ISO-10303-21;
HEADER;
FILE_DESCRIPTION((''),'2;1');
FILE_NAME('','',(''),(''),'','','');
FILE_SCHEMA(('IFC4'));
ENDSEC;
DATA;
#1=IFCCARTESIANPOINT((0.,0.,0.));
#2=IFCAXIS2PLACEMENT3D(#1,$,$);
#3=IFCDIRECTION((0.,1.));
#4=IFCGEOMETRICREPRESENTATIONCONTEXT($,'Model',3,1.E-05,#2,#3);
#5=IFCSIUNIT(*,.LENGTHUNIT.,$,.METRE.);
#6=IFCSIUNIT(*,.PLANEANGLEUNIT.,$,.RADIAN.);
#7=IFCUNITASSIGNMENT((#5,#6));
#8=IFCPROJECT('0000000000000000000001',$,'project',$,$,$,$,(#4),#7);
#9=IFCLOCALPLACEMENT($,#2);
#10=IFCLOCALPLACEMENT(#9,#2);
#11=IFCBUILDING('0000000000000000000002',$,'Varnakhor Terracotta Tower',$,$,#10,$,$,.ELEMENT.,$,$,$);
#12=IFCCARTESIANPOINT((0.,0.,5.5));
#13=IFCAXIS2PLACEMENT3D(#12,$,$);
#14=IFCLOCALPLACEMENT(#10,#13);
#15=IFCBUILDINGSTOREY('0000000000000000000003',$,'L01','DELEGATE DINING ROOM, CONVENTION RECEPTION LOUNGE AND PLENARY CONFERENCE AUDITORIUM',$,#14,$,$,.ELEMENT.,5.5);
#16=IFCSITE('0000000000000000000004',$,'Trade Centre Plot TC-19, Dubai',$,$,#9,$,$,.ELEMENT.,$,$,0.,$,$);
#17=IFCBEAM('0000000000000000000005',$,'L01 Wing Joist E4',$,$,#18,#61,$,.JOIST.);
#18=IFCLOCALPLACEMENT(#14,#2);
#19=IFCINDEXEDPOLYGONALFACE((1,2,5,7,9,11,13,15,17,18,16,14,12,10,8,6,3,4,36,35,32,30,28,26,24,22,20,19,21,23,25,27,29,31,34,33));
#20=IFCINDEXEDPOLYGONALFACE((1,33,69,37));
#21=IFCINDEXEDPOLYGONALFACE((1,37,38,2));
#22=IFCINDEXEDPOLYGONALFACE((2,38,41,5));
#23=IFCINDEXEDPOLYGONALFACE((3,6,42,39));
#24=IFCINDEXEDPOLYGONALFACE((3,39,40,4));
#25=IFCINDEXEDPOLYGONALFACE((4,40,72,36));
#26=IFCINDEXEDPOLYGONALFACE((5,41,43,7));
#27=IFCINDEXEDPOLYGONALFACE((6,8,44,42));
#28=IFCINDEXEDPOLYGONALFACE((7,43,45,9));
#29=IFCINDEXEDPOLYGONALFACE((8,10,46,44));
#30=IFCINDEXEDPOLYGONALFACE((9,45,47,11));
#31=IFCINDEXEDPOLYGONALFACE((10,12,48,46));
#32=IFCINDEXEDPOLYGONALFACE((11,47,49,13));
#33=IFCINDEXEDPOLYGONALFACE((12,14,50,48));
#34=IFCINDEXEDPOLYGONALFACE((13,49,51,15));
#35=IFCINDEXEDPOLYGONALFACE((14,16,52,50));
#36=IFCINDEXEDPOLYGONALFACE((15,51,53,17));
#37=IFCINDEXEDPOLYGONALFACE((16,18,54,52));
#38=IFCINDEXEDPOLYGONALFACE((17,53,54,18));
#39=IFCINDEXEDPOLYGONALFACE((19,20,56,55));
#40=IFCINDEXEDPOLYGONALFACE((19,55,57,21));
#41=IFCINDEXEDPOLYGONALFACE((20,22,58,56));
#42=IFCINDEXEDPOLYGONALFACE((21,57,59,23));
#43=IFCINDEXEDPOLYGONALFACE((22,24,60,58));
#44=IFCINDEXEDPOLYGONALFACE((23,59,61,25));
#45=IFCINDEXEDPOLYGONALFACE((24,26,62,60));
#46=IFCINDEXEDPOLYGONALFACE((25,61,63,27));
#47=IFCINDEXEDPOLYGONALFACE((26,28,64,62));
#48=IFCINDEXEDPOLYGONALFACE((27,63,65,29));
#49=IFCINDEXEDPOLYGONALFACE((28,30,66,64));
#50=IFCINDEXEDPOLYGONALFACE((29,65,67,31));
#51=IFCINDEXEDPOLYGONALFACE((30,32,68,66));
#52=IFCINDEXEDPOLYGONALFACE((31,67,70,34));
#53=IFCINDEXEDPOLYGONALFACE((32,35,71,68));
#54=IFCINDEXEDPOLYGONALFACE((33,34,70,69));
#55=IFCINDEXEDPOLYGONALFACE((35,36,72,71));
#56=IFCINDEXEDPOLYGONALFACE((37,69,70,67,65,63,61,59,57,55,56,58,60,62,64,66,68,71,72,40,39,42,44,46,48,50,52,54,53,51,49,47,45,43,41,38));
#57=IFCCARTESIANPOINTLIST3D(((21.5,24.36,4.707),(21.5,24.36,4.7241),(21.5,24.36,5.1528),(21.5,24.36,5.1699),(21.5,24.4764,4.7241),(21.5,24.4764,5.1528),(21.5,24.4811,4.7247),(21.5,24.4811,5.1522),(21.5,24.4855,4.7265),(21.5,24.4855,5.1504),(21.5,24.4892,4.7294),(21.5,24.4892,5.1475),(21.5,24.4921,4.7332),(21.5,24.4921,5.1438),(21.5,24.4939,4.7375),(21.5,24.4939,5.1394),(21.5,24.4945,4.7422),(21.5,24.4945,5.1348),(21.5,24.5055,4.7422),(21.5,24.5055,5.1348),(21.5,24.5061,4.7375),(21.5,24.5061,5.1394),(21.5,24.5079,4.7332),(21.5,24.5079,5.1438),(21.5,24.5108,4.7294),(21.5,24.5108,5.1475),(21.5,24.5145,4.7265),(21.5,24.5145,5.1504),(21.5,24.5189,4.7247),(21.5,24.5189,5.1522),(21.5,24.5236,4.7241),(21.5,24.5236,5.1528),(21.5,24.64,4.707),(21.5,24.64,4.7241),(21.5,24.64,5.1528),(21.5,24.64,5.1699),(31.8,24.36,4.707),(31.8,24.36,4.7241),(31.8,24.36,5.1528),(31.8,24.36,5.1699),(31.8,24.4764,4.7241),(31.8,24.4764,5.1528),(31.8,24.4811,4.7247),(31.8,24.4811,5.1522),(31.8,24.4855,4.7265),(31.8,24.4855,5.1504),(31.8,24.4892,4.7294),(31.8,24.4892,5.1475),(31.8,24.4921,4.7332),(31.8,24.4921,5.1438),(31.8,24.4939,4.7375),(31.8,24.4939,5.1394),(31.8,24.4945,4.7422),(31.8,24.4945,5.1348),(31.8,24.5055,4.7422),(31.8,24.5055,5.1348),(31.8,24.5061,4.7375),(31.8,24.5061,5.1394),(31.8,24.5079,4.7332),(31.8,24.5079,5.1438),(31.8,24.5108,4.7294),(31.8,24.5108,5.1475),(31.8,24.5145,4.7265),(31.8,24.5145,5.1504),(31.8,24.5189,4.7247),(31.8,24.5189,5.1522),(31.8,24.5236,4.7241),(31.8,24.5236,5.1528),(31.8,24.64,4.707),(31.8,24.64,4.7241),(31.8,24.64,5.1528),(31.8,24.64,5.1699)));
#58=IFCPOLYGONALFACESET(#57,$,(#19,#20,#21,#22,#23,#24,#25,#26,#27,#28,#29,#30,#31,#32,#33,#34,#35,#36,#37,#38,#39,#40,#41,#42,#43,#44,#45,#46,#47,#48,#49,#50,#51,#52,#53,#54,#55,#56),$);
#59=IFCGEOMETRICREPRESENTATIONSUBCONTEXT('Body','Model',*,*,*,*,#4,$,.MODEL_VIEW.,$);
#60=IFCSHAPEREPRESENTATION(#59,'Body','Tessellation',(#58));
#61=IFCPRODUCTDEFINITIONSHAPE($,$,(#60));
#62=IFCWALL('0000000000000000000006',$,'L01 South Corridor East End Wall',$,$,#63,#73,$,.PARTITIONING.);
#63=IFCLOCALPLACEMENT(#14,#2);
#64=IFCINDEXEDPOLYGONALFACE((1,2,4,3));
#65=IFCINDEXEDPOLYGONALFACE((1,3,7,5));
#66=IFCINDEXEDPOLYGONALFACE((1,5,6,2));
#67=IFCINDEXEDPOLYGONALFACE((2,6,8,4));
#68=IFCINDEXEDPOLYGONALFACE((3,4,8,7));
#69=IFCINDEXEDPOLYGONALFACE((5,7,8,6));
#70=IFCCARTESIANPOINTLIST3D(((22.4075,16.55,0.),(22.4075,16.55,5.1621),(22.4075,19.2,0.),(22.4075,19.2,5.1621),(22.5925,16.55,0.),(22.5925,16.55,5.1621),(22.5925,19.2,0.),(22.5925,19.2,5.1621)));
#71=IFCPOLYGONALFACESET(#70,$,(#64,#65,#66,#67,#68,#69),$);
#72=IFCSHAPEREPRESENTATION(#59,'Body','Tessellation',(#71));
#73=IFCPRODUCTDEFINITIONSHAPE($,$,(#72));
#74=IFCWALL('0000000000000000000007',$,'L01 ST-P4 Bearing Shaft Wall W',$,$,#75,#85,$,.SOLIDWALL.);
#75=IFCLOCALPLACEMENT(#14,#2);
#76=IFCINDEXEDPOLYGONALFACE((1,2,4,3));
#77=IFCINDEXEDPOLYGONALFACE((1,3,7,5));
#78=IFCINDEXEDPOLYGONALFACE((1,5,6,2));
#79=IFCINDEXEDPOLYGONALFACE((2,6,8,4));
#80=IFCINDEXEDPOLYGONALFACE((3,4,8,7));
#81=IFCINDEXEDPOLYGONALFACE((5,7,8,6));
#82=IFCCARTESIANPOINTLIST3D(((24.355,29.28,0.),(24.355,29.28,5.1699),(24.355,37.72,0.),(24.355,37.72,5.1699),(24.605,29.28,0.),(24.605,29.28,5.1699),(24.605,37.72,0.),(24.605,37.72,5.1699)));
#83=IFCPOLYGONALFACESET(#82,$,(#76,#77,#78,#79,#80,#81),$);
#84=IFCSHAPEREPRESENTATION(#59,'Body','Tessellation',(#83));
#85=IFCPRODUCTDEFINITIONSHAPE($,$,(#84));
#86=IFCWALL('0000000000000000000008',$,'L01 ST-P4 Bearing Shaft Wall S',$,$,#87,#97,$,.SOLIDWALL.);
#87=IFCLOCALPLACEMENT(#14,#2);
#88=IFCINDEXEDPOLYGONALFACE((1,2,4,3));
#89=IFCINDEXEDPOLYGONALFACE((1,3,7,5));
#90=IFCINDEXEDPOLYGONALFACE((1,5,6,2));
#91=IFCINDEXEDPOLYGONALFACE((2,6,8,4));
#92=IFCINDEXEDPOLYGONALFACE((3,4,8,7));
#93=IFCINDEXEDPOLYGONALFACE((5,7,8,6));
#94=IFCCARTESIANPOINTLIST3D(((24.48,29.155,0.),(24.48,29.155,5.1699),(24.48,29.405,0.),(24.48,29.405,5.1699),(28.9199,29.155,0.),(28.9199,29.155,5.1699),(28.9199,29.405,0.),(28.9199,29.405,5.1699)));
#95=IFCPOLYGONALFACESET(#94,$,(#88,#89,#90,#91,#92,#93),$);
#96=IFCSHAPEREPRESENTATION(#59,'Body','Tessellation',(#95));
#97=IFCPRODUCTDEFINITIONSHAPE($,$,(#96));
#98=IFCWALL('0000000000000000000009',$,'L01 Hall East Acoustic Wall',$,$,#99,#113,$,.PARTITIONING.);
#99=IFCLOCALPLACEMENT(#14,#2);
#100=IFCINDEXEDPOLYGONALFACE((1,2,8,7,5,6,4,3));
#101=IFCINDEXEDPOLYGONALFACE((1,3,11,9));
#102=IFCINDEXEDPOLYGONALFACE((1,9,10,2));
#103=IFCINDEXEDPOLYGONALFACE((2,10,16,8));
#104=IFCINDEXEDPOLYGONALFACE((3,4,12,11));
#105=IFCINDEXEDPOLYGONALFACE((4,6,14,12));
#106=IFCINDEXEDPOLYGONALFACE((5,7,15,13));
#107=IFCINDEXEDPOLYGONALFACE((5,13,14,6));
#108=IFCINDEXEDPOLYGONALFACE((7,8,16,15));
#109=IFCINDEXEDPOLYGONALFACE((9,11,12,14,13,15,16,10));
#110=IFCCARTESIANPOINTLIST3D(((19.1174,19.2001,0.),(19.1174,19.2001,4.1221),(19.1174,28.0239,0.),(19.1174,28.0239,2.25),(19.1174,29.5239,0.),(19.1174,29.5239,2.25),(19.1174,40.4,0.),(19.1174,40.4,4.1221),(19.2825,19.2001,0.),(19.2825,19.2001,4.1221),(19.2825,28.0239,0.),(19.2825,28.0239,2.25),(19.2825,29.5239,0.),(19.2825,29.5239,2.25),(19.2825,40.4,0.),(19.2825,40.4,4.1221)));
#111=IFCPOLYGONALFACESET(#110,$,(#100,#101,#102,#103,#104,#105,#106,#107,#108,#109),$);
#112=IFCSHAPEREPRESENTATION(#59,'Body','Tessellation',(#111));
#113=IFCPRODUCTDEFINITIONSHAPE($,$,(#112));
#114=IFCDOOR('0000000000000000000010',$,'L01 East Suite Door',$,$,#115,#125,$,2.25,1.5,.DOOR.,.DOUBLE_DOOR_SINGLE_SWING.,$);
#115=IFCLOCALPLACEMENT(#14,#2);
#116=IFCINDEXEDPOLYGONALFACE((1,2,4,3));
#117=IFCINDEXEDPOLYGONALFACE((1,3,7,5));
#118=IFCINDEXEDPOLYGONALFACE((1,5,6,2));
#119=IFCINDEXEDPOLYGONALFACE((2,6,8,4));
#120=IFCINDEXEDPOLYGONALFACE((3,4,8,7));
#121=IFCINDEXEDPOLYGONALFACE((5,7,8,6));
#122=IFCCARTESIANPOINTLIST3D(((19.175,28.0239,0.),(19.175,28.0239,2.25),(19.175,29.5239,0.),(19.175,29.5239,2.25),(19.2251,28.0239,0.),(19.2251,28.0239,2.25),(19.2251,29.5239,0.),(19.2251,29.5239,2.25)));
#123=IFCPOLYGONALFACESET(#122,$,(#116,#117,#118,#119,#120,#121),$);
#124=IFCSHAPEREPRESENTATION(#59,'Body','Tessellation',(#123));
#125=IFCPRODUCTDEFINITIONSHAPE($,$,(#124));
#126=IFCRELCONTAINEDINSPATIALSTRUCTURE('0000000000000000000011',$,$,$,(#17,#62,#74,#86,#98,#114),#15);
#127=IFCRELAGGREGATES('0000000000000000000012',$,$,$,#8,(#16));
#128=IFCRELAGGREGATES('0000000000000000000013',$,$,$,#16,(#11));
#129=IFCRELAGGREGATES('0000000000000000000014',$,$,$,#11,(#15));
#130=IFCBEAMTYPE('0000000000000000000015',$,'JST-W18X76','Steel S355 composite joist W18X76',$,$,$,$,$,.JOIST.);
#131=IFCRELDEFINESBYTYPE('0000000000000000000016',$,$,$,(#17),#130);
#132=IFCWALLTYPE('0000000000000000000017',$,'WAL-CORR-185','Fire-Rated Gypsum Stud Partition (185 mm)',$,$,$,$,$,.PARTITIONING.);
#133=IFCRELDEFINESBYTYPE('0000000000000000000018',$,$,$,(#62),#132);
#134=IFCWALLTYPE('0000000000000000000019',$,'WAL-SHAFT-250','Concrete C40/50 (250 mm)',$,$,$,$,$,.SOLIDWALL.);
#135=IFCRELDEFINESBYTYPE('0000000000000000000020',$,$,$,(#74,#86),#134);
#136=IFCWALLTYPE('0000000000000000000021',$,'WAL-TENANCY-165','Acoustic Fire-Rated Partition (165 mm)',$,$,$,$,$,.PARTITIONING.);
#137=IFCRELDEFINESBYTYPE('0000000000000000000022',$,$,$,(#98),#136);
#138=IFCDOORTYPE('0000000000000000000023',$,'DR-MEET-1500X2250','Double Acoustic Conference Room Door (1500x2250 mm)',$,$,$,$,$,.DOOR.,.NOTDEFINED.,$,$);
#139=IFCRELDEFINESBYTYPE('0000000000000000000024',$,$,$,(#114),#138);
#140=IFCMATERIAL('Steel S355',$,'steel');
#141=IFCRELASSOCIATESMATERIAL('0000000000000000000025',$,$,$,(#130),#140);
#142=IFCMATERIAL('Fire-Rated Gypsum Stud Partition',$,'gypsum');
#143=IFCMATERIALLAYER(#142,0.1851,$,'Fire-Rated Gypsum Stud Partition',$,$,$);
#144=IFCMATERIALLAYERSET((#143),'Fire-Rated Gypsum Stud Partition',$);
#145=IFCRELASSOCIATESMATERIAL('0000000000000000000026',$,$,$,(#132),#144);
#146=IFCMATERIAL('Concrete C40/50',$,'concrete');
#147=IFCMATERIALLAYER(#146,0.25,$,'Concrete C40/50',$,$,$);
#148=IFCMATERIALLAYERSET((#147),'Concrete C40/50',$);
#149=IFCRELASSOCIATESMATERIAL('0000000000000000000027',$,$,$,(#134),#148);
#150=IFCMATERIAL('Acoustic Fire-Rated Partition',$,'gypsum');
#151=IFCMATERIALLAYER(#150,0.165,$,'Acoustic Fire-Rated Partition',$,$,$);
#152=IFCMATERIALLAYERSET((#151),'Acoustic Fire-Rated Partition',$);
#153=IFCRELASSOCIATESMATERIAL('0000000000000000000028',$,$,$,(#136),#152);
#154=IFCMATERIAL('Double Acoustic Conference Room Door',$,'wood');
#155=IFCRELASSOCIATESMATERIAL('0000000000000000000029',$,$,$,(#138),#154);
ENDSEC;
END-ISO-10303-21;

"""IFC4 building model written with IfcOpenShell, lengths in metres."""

from ifc_helpers import new_model, si_unit, direction, frame, frame_2d, origin, origin_2d, place, context, subcontext, project, spatial, rectangle, i_section, extrude, source, transform, mapped, material, layer, layer_set, material_profile, profile_set, type_object, type_shapes, element, fill, save


model = new_model("IFC4")

# Units and contexts
model_context = context("Model", 3, precision=1e-05, world=origin(), true_north=direction((0.0, 1.0)))
body_context = subcontext(model_context, "Body", "Model", "MODEL_VIEW")
ifc_project = project(units=[si_unit("LENGTHUNIT", "METRE"), si_unit("PLANEANGLEUNIT", "RADIAN")], contexts=[model_context])

# Site, building, storey
site_placement = place(None, origin())
site = spatial("IfcSite", under=ifc_project, at=site_placement, Name="Trade Centre Plot TC-19, Dubai", CompositionType="ELEMENT", RefElevation=0.0)
building_placement = place(site_placement, origin())
building = spatial("IfcBuilding", under=site, at=building_placement, Name="Varnakhor Terracotta Tower", CompositionType="ELEMENT")
storey_placement = place(building_placement, frame((0.0, 0.0, 5.5)))
storey = spatial("IfcBuildingStorey", under=building, at=storey_placement, Name="L01", Description="DELEGATE DINING ROOM, CONVENTION RECEPTION LOUNGE AND PLENARY CONFERENCE AUDITORIUM", CompositionType="ELEMENT", Elevation=5.5)

# Beam
ifc_material_1 = material(Name="Steel S355", Category="steel")
ifc_material_profile_1 = material_profile(ifc_material_1, i_section(OverallWidth=0.28, OverallDepth=0.4629, WebThickness=0.011, FlangeThickness=0.0171, FilletRadius=0.0181, at=origin_2d()), Name="W18X76")
ifc_profile_set_1 = profile_set([ifc_material_profile_1], Name="Steel S355")
beam_type_1 = type_object("IfcBeamType", Name="JST-W18X76", Description="Steel S355 composite joist W18X76", PredefinedType="JOIST", material=ifc_profile_set_1)
shared_shape_1 = source(origin(), body_context, "Body", "SweptSolid", [
    extrude(i_section(OverallWidth=0.28, OverallDepth=0.4629, WebThickness=0.011, FlangeThickness=0.0171, FilletRadius=0.0181, at=origin_2d()), origin(), (0.0, 0.0, 1.0), 10.3),
])
for number, where, z_axis, x_axis, name in (
    (1, (21.5, 24.5, 4.9385), (1.0, 0.0, 0.0), (0.0, 1.0, 0.0), "L01 Wing Joist E4"),
):
    element("IfcBeam", number, at=place(storey_placement, frame(where, z_axis=z_axis, x_axis=x_axis)), inside=storey, type_object=beam_type_1, Name=name, PredefinedType="JOIST", context=body_context, shape_type="MappedRepresentation", body=[
        mapped(shared_shape_1, transform((0.0, 0.0, 0.0), scale=1.0)),
    ])

# Walls
ifc_material_2 = material(Name="Fire-Rated Gypsum Stud Partition", Category="gypsum")
ifc_layer_1 = layer(ifc_material_2, 0.1851, Name="Fire-Rated Gypsum Stud Partition")
ifc_layer_set_1 = layer_set([ifc_layer_1], Name="Fire-Rated Gypsum Stud Partition")
wall_type_1 = type_object("IfcWallType", Name="WAL-CORR-185", Description="Fire-Rated Gypsum Stud Partition (185 mm)", PredefinedType="PARTITIONING", material=ifc_layer_set_1)
wall_1_placement = place(storey_placement, frame((22.5, 16.55, 0.0), z_axis=(0.0, 0.0, 1.0), x_axis=(0.0, 1.0, 0.0)))
element("IfcWall", 2, at=wall_1_placement, inside=storey, type_object=wall_type_1, Name="L01 South Corridor East End Wall", PredefinedType="PARTITIONING", context=body_context, shape_type="SweptSolid", body=[
    extrude(rectangle(XDim=2.6499, YDim=0.1851, at=frame_2d((1.325, 0.0))), origin(), (0.0, 0.0, 1.0), 5.1621),
])
ifc_material_3 = material(Name="Concrete C40/50", Category="concrete")
ifc_layer_2 = layer(ifc_material_3, 0.25, Name="Concrete C40/50")
ifc_layer_set_2 = layer_set([ifc_layer_2], Name="Concrete C40/50")
wall_type_2 = type_object("IfcWallType", Name="WAL-SHAFT-250", Description="Concrete C40/50 (250 mm)", PredefinedType="SOLIDWALL", material=ifc_layer_set_2)
wall_2_placement = place(storey_placement, frame((24.48, 29.28, 0.0), z_axis=(0.0, 0.0, 1.0), x_axis=(0.0, 1.0, 0.0)))
element("IfcWall", 3, at=wall_2_placement, inside=storey, type_object=wall_type_2, Name="L01 ST-P4 Bearing Shaft Wall W", PredefinedType="SOLIDWALL", context=body_context, shape_type="SweptSolid", body=[
    extrude(rectangle(XDim=8.4399, YDim=0.25, at=frame_2d((4.22, 0.0))), origin(), (0.0, 0.0, 1.0), 5.1699),
])
wall_3_placement = place(storey_placement, frame((24.48, 29.28, 0.0), z_axis=(0.0, 0.0, 1.0), x_axis=(1.0, 0.0, 0.0)))
element("IfcWall", 4, at=wall_3_placement, inside=storey, type_object=wall_type_2, Name="L01 ST-P4 Bearing Shaft Wall S", PredefinedType="SOLIDWALL", context=body_context, shape_type="SweptSolid", body=[
    extrude(rectangle(XDim=4.4399, YDim=0.25, at=frame_2d((2.22, 0.0))), origin(), (0.0, 0.0, 1.0), 5.1699),
])

# Wall, opening, door
ifc_material_4 = material(Name="Acoustic Fire-Rated Partition", Category="gypsum")
ifc_layer_3 = layer(ifc_material_4, 0.165, Name="Acoustic Fire-Rated Partition")
ifc_layer_set_3 = layer_set([ifc_layer_3], Name="Acoustic Fire-Rated Partition")
wall_type_3 = type_object("IfcWallType", Name="WAL-TENANCY-165", Description="Acoustic Fire-Rated Partition (165 mm)", PredefinedType="PARTITIONING", material=ifc_layer_set_3)
wall_4_placement = place(storey_placement, frame((19.2, 19.2, 0.0), z_axis=(0.0, 0.0, 1.0), x_axis=(0.0, 1.0, 0.0)))
wall_4 = element("IfcWall", 5, at=wall_4_placement, inside=storey, type_object=wall_type_3, Name="L01 Hall East Acoustic Wall", PredefinedType="PARTITIONING", context=body_context, shape_type="SweptSolid", body=[
    extrude(rectangle(XDim=21.2, YDim=0.165, at=frame_2d((10.6001, 0.0))), origin(), (0.0, 0.0, 1.0), 4.1221),
])
opening_placement = place(wall_4_placement, frame((8.824, 0.0, 0.0)))
opening = element("IfcOpeningElement", 6, at=opening_placement, cuts=wall_4, PredefinedType="OPENING", context=body_context, shape_type="SweptSolid", body=[
    extrude(rectangle(XDim=1.5, YDim=2.25, at=frame_2d((0.75, 1.125))), frame((0.0, 0.0925, 0.0), z_axis=(0.0, -1.0, 0.0), x_axis=(1.0, 0.0, 0.0)), (0.0, 0.0, 1.0), 0.1851),
])
ifc_material_5 = material(Name="Double Acoustic Conference Room Door", Category="wood")
door_type = type_object("IfcDoorType", Name="DR-MEET-1500X2250", Description="Double Acoustic Conference Room Door (1500x2250 mm)", OperationType="NOTDEFINED", PredefinedType="DOOR", material=ifc_material_5)
shared_shape_2 = source(origin(), body_context, "Body", "SweptSolid", [
    extrude(rectangle(XDim=1.5, YDim=2.25, at=frame_2d((0.75, 1.125))), frame((0.0, 0.0249, 0.0), z_axis=(0.0, -1.0, 0.0), x_axis=(1.0, 0.0, 0.0)), (0.0, 0.0, 1.0), 0.05),
])
type_shapes(door_type, [shared_shape_2])
door_placement = place(opening_placement, origin())
door = element("IfcDoor", 7, at=door_placement, inside=storey, type_object=door_type, Name="L01 East Suite Door", OperationType="DOUBLE_DOOR_SINGLE_SWING", OverallHeight=2.25, OverallWidth=1.5, PredefinedType="DOOR", context=body_context, shape_type="MappedRepresentation", body=[
    mapped(shared_shape_2, transform((0.0, 0.0, 0.0), scale=1.0)),
])
fill(opening, door)

save(model, "model.ifc")
